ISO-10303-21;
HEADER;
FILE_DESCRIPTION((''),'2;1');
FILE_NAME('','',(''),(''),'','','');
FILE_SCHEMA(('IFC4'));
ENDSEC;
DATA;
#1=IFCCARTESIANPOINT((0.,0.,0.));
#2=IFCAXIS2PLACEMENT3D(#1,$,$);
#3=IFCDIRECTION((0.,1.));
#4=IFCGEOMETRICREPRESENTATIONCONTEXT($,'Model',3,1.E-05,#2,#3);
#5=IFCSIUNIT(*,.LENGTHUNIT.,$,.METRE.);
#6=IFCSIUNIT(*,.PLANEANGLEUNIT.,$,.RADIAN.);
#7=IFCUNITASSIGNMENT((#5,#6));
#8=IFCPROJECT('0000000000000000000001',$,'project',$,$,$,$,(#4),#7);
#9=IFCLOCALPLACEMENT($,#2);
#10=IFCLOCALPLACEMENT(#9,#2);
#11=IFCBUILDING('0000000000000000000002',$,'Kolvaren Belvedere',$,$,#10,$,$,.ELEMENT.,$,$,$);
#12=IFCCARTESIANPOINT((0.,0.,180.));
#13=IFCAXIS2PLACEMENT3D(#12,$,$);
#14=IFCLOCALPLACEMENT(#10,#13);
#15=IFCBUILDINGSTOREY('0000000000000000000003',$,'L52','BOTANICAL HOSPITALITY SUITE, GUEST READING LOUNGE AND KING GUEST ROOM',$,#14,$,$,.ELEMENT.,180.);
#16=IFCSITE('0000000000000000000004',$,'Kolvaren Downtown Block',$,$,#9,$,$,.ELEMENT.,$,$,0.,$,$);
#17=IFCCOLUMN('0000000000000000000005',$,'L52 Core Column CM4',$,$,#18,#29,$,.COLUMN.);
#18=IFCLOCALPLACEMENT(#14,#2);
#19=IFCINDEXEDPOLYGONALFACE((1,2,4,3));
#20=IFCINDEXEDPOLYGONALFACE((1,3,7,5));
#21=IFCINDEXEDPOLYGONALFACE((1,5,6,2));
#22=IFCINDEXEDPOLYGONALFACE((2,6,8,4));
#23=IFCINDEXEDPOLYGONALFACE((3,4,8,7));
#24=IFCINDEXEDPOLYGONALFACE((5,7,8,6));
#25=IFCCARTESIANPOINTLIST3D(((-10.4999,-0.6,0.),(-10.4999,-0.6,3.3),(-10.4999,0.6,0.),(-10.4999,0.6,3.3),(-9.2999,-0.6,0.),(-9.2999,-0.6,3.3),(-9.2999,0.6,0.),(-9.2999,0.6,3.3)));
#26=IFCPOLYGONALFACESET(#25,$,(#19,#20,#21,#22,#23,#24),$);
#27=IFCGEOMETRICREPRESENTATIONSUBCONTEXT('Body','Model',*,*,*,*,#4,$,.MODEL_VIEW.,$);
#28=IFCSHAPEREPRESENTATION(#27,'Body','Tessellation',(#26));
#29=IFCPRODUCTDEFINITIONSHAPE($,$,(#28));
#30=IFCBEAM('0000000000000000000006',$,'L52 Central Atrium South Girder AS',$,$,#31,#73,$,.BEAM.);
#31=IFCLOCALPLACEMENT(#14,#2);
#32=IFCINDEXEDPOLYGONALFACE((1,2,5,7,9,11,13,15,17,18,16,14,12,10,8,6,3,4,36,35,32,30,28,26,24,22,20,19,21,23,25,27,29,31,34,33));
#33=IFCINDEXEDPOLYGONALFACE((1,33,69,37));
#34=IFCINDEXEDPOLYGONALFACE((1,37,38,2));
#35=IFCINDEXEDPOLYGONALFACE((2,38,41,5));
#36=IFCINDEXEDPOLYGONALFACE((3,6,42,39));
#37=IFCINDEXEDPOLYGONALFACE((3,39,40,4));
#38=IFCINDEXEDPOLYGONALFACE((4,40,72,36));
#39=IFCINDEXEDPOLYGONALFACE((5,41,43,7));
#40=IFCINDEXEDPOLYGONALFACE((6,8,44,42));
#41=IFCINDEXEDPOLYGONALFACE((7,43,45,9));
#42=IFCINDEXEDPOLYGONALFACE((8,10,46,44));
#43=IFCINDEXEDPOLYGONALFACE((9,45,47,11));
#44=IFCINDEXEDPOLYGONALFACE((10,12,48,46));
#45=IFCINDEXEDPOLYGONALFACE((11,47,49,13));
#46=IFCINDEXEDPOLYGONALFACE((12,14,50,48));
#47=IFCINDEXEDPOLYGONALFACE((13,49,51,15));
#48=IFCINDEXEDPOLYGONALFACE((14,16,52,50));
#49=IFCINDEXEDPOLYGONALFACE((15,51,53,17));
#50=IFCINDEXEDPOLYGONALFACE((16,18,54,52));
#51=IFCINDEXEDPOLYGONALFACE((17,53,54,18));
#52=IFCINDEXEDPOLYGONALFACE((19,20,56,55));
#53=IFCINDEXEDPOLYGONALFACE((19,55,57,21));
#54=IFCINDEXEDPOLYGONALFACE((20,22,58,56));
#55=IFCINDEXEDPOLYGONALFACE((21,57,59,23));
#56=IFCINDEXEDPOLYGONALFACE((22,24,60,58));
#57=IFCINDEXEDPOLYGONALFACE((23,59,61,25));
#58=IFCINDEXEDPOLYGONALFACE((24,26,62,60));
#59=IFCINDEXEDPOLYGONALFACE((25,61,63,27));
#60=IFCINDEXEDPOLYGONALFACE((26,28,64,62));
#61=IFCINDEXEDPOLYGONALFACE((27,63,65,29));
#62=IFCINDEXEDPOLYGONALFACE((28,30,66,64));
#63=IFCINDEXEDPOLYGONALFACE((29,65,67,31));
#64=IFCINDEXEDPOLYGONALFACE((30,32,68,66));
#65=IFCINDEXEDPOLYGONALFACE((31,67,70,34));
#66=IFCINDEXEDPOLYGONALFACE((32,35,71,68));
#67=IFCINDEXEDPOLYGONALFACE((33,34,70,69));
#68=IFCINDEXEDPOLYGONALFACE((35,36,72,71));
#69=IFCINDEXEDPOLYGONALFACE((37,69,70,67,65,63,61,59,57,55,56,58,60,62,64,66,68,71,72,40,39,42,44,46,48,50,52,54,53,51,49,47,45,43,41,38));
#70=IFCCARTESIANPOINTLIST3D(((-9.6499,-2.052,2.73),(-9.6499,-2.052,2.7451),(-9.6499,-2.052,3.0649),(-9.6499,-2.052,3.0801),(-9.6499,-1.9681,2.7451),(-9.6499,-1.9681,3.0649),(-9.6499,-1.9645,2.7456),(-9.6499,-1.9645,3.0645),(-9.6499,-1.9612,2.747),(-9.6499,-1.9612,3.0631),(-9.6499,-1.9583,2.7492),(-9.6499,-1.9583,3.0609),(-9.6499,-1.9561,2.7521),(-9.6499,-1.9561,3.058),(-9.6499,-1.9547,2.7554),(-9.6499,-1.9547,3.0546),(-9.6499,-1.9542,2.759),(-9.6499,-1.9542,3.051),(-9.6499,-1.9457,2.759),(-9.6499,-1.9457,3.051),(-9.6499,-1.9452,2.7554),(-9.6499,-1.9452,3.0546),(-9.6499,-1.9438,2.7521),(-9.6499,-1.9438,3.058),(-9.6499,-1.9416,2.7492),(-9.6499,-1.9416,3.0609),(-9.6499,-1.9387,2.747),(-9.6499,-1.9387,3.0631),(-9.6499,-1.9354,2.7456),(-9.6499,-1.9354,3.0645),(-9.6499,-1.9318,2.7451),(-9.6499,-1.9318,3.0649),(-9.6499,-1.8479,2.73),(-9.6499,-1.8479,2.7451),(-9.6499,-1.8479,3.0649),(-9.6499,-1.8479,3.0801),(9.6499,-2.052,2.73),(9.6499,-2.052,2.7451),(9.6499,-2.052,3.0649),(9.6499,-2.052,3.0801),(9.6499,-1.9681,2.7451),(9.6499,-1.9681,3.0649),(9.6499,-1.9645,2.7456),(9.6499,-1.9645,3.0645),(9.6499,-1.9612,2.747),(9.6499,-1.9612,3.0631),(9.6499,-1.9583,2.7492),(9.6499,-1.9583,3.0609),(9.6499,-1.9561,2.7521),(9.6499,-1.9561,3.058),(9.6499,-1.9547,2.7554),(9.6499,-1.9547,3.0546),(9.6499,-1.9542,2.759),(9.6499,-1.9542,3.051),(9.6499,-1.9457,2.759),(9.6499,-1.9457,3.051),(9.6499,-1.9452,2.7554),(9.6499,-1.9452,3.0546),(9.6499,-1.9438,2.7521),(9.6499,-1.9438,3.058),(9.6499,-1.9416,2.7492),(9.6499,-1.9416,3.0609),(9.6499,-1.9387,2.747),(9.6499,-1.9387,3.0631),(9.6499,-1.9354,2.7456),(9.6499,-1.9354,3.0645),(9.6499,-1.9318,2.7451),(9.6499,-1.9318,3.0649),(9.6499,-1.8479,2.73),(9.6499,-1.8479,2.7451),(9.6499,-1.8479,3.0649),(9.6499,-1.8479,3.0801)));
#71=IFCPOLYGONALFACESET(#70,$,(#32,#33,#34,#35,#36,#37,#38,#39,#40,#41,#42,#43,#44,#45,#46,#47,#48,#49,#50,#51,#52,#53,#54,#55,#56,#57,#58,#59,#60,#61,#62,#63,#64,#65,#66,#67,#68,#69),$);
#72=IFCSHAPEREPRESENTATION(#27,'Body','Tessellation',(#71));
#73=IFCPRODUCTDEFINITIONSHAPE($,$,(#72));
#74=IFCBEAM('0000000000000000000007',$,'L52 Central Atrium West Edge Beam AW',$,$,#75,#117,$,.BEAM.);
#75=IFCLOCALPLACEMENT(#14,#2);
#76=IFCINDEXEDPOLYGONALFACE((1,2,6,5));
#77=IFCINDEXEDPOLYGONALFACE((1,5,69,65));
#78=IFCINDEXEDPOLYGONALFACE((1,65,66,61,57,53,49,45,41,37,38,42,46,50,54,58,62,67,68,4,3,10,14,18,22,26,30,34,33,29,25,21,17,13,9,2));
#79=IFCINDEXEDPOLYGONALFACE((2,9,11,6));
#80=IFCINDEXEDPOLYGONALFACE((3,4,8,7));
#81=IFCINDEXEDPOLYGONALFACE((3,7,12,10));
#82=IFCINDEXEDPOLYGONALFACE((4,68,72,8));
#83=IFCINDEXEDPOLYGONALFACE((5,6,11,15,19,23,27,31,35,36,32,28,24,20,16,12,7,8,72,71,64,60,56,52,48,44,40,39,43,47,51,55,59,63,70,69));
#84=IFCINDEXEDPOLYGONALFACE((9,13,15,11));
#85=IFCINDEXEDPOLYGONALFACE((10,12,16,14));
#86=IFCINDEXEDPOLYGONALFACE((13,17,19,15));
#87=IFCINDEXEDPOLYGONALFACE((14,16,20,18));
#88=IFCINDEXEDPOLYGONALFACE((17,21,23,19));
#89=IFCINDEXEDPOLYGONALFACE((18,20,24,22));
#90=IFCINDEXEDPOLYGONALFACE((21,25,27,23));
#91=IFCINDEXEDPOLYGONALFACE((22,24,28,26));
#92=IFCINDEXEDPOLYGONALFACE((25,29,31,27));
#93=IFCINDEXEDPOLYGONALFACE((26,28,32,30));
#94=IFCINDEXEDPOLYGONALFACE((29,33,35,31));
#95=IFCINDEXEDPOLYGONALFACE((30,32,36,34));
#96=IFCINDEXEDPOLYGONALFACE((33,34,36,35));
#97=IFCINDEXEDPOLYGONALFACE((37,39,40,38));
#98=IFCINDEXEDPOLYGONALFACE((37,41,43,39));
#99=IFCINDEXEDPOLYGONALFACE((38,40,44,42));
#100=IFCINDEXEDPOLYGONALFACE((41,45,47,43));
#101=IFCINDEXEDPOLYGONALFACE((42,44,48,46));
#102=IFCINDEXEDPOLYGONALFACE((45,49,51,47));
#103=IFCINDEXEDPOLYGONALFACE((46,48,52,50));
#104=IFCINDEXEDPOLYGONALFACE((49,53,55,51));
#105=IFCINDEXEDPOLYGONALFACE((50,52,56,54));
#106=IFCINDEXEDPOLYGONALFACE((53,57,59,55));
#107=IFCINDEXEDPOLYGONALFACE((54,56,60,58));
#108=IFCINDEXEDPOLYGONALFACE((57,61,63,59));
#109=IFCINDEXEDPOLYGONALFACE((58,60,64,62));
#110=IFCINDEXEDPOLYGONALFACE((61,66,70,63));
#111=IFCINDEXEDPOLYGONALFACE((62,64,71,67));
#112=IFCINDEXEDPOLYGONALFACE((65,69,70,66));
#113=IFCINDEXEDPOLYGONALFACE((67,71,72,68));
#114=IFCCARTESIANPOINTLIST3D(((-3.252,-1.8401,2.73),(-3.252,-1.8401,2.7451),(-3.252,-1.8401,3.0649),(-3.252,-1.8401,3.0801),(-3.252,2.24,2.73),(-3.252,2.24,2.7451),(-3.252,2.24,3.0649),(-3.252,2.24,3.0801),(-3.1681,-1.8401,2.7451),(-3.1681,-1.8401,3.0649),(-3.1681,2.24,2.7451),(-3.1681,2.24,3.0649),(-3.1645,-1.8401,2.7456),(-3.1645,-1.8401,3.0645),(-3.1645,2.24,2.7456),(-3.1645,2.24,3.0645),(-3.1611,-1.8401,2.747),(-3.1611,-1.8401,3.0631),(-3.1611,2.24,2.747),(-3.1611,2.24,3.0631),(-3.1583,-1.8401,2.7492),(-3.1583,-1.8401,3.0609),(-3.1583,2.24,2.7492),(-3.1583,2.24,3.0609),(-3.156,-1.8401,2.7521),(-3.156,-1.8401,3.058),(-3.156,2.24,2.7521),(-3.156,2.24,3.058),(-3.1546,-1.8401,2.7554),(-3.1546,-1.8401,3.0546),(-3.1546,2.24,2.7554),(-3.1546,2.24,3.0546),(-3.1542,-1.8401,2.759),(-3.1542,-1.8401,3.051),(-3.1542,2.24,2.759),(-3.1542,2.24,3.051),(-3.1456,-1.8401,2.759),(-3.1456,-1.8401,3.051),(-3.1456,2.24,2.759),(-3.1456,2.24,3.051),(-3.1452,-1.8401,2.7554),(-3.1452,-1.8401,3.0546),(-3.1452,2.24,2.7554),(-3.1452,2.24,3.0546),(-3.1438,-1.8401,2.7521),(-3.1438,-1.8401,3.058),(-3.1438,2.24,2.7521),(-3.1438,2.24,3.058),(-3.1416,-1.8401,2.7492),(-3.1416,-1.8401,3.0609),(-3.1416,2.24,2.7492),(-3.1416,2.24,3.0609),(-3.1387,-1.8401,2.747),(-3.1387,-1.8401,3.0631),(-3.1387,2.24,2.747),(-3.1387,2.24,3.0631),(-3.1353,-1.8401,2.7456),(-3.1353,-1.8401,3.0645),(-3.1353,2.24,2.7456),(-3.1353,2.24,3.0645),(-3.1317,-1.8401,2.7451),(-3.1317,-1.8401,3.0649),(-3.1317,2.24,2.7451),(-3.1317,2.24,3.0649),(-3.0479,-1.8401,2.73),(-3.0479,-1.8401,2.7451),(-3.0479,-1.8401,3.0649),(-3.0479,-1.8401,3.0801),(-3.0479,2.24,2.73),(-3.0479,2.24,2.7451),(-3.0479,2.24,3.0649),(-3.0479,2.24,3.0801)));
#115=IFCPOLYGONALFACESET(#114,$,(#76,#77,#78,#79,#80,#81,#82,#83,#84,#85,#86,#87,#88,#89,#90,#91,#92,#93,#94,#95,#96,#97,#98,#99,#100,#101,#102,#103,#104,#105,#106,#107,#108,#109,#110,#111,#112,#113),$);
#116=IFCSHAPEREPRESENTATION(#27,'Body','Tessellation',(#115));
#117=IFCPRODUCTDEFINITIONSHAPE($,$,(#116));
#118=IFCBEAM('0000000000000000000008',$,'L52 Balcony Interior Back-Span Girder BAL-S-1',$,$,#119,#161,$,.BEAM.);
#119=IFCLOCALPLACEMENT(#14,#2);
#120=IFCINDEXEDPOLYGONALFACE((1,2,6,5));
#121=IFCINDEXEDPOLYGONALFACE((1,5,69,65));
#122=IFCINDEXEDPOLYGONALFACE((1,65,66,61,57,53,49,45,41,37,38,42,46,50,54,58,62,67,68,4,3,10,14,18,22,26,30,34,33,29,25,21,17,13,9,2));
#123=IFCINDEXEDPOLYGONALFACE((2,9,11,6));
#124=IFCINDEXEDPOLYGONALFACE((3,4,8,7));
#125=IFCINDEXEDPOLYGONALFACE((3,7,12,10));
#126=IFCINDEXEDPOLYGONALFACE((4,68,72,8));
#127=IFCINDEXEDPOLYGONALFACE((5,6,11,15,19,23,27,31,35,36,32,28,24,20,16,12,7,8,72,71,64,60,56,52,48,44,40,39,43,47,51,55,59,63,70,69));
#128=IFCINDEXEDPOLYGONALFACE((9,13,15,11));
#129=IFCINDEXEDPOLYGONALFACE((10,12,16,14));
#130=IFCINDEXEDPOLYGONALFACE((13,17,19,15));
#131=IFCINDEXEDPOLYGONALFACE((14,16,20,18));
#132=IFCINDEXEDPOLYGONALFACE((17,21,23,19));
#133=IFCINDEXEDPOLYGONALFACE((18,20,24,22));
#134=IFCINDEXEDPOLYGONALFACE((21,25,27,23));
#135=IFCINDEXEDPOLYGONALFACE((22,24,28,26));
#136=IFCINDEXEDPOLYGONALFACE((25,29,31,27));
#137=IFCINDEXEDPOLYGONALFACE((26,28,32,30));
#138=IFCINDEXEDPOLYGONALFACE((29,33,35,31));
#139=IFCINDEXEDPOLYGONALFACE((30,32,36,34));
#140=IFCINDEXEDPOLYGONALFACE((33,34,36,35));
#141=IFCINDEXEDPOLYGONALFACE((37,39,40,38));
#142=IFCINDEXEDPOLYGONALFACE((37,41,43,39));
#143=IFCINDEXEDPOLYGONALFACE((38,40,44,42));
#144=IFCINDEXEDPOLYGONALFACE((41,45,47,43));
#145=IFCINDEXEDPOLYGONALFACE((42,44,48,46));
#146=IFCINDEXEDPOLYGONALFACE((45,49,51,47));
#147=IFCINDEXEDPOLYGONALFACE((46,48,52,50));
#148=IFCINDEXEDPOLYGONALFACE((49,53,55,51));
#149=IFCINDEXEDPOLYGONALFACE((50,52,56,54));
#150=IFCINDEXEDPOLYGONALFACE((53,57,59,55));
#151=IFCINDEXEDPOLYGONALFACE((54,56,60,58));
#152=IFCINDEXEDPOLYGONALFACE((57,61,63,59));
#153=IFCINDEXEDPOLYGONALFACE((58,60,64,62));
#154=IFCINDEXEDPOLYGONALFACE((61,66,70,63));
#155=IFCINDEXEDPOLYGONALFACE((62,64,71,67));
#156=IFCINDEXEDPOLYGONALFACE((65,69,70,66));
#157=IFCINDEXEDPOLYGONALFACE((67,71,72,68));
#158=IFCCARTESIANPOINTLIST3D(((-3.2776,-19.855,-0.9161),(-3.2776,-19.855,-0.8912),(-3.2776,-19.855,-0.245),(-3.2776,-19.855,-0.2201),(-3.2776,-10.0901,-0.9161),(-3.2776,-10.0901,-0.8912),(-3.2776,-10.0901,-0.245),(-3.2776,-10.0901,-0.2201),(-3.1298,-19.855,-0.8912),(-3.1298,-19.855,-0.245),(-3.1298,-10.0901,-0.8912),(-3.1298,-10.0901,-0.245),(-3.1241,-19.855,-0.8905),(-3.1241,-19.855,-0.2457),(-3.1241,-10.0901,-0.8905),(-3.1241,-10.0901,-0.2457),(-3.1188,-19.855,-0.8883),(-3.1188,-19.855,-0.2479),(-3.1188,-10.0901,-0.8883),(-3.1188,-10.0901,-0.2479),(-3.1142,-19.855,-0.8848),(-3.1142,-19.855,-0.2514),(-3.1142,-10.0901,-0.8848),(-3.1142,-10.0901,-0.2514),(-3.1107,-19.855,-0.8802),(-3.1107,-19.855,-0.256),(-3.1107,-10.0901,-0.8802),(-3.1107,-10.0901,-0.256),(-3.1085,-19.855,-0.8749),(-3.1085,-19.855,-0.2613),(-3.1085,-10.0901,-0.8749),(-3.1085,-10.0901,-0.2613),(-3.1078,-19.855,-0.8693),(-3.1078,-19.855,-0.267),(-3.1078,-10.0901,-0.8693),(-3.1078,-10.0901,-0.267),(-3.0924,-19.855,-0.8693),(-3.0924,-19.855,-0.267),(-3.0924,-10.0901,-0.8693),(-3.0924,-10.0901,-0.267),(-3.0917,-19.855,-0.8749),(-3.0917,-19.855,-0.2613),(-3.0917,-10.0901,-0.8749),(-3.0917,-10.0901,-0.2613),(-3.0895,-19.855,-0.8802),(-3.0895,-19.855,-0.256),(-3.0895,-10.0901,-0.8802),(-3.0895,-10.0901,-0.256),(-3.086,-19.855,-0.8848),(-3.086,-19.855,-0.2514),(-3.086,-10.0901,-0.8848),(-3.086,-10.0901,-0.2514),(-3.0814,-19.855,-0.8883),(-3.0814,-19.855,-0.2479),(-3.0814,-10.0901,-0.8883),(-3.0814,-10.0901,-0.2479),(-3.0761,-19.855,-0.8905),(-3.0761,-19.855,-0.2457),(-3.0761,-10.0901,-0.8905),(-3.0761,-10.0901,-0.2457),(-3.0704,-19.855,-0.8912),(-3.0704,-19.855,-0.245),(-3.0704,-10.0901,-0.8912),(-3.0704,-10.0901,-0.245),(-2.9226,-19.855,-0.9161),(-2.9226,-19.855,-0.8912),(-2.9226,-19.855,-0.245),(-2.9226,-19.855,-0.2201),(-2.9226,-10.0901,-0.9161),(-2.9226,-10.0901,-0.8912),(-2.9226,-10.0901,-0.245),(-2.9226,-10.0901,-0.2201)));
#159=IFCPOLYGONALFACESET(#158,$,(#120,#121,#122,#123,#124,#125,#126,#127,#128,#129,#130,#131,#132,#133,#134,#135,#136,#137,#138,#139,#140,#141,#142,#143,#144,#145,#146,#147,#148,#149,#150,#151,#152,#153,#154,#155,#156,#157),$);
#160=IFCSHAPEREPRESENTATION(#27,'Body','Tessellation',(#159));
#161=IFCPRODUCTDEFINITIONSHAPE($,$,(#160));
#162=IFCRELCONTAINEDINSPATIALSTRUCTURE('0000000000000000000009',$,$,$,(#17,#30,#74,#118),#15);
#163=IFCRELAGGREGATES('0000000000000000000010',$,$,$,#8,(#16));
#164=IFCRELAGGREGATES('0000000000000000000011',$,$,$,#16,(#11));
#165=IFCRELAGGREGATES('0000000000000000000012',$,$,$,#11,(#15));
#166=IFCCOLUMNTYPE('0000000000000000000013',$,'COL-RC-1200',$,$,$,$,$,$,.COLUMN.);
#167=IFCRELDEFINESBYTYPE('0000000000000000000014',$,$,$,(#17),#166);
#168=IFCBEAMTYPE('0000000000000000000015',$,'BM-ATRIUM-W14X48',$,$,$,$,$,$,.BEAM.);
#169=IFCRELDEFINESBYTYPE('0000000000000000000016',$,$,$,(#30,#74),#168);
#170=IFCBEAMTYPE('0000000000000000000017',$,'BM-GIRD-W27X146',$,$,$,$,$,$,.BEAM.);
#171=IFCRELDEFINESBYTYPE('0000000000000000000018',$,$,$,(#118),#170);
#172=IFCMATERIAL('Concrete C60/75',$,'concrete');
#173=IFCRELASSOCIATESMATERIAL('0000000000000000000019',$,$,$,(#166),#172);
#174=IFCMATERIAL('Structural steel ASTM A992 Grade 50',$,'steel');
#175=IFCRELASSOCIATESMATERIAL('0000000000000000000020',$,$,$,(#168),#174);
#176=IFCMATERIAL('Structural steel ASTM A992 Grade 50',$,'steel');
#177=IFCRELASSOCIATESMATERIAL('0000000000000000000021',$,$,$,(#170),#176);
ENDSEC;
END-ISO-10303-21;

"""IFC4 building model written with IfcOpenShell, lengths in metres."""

from ifc_helpers import new_model, si_unit, direction, frame, origin, origin_2d, place, context, subcontext, project, spatial, rectangle, i_section, extrude, material, material_profile, profile_set, type_object, element, save


model = new_model("IFC4")

# Units and contexts
model_context = context("Model", 3, precision=1e-05, world=origin(), true_north=direction((0.0, 1.0)))
body_context = subcontext(model_context, "Body", "Model", "MODEL_VIEW")
ifc_project = project(units=[si_unit("LENGTHUNIT", "METRE"), si_unit("PLANEANGLEUNIT", "RADIAN")], contexts=[model_context])

# Site, building, storey
site_placement = place(None, origin())
site = spatial("IfcSite", under=ifc_project, at=site_placement, Name="Kolvaren Downtown Block", CompositionType="ELEMENT", RefElevation=0.0)
building_placement = place(site_placement, origin())
building = spatial("IfcBuilding", under=site, at=building_placement, Name="Kolvaren Belvedere", CompositionType="ELEMENT")
storey_placement = place(building_placement, frame((0.0, 0.0, 180.0)))
storey = spatial("IfcBuildingStorey", under=building, at=storey_placement, Name="L52", Description="BOTANICAL HOSPITALITY SUITE, GUEST READING LOUNGE AND KING GUEST ROOM", CompositionType="ELEMENT", Elevation=180.0)

# Column
ifc_material_1 = material(Name="Concrete C60/75", Category="concrete")
ifc_material_profile_1 = material_profile(ifc_material_1, rectangle(XDim=1.2, YDim=1.2, at=origin_2d()), Name="RC 1200X1200")
ifc_profile_set_1 = profile_set([ifc_material_profile_1], Name="Concrete C60/75")
column_type = type_object("IfcColumnType", Name="COL-RC-1200", PredefinedType="COLUMN", material=ifc_profile_set_1)
column_placement = place(storey_placement, frame((-9.8999, 0.0, 0.0), z_axis=(0.0, 0.0, 1.0), x_axis=(1.0, 0.0, 0.0)))
element("IfcColumn", 1, at=column_placement, inside=storey, type_object=column_type, Name="L52 Core Column CM4", PredefinedType="COLUMN", context=body_context, shape_type="SweptSolid", body=[
    extrude(rectangle(XDim=1.2, YDim=1.2, at=origin_2d()), origin(), (0.0, 0.0, 1.0), 3.3),
])

# Beams
ifc_material_2 = material(Name="Structural steel ASTM A992 Grade 50", Category="steel")
ifc_material_profile_2 = material_profile(ifc_material_2, i_section(OverallWidth=0.2041, OverallDepth=0.3501, WebThickness=0.0085, FlangeThickness=0.0151, FilletRadius=0.0139, at=origin_2d()), Name="W14X48")
ifc_profile_set_2 = profile_set([ifc_material_profile_2], Name="Structural steel ASTM A992 Grade 50")
beam_type_1 = type_object("IfcBeamType", Name="BM-ATRIUM-W14X48", PredefinedType="BEAM", material=ifc_profile_set_2)
beam_1_placement = place(storey_placement, frame((-9.6499, -1.95, 2.905), z_axis=(1.0, 0.0, 0.0), x_axis=(0.0, 1.0, 0.0)))
element("IfcBeam", 2, at=beam_1_placement, inside=storey, type_object=beam_type_1, Name="L52 Central Atrium South Girder AS", PredefinedType="BEAM", context=body_context, shape_type="SweptSolid", body=[
    extrude(i_section(OverallWidth=0.2041, OverallDepth=0.3501, WebThickness=0.0085, FlangeThickness=0.0151, FilletRadius=0.0139, at=origin_2d()), origin(), (0.0, 0.0, 1.0), 19.2998),
])
beam_2_placement = place(storey_placement, frame((-3.1499, -1.8401, 2.905), z_axis=(0.0, 1.0, 0.0), x_axis=(-1.0, 0.0, 0.0)))
element("IfcBeam", 3, at=beam_2_placement, inside=storey, type_object=beam_type_1, Name="L52 Central Atrium West Edge Beam AW", PredefinedType="BEAM", context=body_context, shape_type="SweptSolid", body=[
    extrude(i_section(OverallWidth=0.2041, OverallDepth=0.3501, WebThickness=0.0085, FlangeThickness=0.0151, FilletRadius=0.0139, at=origin_2d()), origin(), (0.0, 0.0, 1.0), 4.0801),
])
ifc_material_3 = material(Name="Structural steel ASTM A992 Grade 50", Category="steel")
ifc_material_profile_3 = material_profile(ifc_material_3, i_section(OverallWidth=0.355, OverallDepth=0.696, WebThickness=0.0154, FlangeThickness=0.0249, FilletRadius=0.022, at=origin_2d()), Name="W27X146")
ifc_profile_set_3 = profile_set([ifc_material_profile_3], Name="Structural steel ASTM A992 Grade 50")
beam_type_2 = type_object("IfcBeamType", Name="BM-GIRD-W27X146", PredefinedType="BEAM", material=ifc_profile_set_3)
beam_3_placement = place(storey_placement, frame((-3.1001, -10.0901, -0.5681), z_axis=(0.0, -1.0, 0.0), x_axis=(1.0, 0.0, 0.0)))
element("IfcBeam", 4, at=beam_3_placement, inside=storey, type_object=beam_type_2, Name="L52 Balcony Interior Back-Span Girder BAL-S-1", PredefinedType="BEAM", context=body_context, shape_type="SweptSolid", body=[
    extrude(i_section(OverallWidth=0.355, OverallDepth=0.696, WebThickness=0.0154, FlangeThickness=0.0249, FilletRadius=0.022, at=origin_2d()), origin(), (0.0, 0.0, 1.0), 9.7649),
])

save(model, "model.ifc")
